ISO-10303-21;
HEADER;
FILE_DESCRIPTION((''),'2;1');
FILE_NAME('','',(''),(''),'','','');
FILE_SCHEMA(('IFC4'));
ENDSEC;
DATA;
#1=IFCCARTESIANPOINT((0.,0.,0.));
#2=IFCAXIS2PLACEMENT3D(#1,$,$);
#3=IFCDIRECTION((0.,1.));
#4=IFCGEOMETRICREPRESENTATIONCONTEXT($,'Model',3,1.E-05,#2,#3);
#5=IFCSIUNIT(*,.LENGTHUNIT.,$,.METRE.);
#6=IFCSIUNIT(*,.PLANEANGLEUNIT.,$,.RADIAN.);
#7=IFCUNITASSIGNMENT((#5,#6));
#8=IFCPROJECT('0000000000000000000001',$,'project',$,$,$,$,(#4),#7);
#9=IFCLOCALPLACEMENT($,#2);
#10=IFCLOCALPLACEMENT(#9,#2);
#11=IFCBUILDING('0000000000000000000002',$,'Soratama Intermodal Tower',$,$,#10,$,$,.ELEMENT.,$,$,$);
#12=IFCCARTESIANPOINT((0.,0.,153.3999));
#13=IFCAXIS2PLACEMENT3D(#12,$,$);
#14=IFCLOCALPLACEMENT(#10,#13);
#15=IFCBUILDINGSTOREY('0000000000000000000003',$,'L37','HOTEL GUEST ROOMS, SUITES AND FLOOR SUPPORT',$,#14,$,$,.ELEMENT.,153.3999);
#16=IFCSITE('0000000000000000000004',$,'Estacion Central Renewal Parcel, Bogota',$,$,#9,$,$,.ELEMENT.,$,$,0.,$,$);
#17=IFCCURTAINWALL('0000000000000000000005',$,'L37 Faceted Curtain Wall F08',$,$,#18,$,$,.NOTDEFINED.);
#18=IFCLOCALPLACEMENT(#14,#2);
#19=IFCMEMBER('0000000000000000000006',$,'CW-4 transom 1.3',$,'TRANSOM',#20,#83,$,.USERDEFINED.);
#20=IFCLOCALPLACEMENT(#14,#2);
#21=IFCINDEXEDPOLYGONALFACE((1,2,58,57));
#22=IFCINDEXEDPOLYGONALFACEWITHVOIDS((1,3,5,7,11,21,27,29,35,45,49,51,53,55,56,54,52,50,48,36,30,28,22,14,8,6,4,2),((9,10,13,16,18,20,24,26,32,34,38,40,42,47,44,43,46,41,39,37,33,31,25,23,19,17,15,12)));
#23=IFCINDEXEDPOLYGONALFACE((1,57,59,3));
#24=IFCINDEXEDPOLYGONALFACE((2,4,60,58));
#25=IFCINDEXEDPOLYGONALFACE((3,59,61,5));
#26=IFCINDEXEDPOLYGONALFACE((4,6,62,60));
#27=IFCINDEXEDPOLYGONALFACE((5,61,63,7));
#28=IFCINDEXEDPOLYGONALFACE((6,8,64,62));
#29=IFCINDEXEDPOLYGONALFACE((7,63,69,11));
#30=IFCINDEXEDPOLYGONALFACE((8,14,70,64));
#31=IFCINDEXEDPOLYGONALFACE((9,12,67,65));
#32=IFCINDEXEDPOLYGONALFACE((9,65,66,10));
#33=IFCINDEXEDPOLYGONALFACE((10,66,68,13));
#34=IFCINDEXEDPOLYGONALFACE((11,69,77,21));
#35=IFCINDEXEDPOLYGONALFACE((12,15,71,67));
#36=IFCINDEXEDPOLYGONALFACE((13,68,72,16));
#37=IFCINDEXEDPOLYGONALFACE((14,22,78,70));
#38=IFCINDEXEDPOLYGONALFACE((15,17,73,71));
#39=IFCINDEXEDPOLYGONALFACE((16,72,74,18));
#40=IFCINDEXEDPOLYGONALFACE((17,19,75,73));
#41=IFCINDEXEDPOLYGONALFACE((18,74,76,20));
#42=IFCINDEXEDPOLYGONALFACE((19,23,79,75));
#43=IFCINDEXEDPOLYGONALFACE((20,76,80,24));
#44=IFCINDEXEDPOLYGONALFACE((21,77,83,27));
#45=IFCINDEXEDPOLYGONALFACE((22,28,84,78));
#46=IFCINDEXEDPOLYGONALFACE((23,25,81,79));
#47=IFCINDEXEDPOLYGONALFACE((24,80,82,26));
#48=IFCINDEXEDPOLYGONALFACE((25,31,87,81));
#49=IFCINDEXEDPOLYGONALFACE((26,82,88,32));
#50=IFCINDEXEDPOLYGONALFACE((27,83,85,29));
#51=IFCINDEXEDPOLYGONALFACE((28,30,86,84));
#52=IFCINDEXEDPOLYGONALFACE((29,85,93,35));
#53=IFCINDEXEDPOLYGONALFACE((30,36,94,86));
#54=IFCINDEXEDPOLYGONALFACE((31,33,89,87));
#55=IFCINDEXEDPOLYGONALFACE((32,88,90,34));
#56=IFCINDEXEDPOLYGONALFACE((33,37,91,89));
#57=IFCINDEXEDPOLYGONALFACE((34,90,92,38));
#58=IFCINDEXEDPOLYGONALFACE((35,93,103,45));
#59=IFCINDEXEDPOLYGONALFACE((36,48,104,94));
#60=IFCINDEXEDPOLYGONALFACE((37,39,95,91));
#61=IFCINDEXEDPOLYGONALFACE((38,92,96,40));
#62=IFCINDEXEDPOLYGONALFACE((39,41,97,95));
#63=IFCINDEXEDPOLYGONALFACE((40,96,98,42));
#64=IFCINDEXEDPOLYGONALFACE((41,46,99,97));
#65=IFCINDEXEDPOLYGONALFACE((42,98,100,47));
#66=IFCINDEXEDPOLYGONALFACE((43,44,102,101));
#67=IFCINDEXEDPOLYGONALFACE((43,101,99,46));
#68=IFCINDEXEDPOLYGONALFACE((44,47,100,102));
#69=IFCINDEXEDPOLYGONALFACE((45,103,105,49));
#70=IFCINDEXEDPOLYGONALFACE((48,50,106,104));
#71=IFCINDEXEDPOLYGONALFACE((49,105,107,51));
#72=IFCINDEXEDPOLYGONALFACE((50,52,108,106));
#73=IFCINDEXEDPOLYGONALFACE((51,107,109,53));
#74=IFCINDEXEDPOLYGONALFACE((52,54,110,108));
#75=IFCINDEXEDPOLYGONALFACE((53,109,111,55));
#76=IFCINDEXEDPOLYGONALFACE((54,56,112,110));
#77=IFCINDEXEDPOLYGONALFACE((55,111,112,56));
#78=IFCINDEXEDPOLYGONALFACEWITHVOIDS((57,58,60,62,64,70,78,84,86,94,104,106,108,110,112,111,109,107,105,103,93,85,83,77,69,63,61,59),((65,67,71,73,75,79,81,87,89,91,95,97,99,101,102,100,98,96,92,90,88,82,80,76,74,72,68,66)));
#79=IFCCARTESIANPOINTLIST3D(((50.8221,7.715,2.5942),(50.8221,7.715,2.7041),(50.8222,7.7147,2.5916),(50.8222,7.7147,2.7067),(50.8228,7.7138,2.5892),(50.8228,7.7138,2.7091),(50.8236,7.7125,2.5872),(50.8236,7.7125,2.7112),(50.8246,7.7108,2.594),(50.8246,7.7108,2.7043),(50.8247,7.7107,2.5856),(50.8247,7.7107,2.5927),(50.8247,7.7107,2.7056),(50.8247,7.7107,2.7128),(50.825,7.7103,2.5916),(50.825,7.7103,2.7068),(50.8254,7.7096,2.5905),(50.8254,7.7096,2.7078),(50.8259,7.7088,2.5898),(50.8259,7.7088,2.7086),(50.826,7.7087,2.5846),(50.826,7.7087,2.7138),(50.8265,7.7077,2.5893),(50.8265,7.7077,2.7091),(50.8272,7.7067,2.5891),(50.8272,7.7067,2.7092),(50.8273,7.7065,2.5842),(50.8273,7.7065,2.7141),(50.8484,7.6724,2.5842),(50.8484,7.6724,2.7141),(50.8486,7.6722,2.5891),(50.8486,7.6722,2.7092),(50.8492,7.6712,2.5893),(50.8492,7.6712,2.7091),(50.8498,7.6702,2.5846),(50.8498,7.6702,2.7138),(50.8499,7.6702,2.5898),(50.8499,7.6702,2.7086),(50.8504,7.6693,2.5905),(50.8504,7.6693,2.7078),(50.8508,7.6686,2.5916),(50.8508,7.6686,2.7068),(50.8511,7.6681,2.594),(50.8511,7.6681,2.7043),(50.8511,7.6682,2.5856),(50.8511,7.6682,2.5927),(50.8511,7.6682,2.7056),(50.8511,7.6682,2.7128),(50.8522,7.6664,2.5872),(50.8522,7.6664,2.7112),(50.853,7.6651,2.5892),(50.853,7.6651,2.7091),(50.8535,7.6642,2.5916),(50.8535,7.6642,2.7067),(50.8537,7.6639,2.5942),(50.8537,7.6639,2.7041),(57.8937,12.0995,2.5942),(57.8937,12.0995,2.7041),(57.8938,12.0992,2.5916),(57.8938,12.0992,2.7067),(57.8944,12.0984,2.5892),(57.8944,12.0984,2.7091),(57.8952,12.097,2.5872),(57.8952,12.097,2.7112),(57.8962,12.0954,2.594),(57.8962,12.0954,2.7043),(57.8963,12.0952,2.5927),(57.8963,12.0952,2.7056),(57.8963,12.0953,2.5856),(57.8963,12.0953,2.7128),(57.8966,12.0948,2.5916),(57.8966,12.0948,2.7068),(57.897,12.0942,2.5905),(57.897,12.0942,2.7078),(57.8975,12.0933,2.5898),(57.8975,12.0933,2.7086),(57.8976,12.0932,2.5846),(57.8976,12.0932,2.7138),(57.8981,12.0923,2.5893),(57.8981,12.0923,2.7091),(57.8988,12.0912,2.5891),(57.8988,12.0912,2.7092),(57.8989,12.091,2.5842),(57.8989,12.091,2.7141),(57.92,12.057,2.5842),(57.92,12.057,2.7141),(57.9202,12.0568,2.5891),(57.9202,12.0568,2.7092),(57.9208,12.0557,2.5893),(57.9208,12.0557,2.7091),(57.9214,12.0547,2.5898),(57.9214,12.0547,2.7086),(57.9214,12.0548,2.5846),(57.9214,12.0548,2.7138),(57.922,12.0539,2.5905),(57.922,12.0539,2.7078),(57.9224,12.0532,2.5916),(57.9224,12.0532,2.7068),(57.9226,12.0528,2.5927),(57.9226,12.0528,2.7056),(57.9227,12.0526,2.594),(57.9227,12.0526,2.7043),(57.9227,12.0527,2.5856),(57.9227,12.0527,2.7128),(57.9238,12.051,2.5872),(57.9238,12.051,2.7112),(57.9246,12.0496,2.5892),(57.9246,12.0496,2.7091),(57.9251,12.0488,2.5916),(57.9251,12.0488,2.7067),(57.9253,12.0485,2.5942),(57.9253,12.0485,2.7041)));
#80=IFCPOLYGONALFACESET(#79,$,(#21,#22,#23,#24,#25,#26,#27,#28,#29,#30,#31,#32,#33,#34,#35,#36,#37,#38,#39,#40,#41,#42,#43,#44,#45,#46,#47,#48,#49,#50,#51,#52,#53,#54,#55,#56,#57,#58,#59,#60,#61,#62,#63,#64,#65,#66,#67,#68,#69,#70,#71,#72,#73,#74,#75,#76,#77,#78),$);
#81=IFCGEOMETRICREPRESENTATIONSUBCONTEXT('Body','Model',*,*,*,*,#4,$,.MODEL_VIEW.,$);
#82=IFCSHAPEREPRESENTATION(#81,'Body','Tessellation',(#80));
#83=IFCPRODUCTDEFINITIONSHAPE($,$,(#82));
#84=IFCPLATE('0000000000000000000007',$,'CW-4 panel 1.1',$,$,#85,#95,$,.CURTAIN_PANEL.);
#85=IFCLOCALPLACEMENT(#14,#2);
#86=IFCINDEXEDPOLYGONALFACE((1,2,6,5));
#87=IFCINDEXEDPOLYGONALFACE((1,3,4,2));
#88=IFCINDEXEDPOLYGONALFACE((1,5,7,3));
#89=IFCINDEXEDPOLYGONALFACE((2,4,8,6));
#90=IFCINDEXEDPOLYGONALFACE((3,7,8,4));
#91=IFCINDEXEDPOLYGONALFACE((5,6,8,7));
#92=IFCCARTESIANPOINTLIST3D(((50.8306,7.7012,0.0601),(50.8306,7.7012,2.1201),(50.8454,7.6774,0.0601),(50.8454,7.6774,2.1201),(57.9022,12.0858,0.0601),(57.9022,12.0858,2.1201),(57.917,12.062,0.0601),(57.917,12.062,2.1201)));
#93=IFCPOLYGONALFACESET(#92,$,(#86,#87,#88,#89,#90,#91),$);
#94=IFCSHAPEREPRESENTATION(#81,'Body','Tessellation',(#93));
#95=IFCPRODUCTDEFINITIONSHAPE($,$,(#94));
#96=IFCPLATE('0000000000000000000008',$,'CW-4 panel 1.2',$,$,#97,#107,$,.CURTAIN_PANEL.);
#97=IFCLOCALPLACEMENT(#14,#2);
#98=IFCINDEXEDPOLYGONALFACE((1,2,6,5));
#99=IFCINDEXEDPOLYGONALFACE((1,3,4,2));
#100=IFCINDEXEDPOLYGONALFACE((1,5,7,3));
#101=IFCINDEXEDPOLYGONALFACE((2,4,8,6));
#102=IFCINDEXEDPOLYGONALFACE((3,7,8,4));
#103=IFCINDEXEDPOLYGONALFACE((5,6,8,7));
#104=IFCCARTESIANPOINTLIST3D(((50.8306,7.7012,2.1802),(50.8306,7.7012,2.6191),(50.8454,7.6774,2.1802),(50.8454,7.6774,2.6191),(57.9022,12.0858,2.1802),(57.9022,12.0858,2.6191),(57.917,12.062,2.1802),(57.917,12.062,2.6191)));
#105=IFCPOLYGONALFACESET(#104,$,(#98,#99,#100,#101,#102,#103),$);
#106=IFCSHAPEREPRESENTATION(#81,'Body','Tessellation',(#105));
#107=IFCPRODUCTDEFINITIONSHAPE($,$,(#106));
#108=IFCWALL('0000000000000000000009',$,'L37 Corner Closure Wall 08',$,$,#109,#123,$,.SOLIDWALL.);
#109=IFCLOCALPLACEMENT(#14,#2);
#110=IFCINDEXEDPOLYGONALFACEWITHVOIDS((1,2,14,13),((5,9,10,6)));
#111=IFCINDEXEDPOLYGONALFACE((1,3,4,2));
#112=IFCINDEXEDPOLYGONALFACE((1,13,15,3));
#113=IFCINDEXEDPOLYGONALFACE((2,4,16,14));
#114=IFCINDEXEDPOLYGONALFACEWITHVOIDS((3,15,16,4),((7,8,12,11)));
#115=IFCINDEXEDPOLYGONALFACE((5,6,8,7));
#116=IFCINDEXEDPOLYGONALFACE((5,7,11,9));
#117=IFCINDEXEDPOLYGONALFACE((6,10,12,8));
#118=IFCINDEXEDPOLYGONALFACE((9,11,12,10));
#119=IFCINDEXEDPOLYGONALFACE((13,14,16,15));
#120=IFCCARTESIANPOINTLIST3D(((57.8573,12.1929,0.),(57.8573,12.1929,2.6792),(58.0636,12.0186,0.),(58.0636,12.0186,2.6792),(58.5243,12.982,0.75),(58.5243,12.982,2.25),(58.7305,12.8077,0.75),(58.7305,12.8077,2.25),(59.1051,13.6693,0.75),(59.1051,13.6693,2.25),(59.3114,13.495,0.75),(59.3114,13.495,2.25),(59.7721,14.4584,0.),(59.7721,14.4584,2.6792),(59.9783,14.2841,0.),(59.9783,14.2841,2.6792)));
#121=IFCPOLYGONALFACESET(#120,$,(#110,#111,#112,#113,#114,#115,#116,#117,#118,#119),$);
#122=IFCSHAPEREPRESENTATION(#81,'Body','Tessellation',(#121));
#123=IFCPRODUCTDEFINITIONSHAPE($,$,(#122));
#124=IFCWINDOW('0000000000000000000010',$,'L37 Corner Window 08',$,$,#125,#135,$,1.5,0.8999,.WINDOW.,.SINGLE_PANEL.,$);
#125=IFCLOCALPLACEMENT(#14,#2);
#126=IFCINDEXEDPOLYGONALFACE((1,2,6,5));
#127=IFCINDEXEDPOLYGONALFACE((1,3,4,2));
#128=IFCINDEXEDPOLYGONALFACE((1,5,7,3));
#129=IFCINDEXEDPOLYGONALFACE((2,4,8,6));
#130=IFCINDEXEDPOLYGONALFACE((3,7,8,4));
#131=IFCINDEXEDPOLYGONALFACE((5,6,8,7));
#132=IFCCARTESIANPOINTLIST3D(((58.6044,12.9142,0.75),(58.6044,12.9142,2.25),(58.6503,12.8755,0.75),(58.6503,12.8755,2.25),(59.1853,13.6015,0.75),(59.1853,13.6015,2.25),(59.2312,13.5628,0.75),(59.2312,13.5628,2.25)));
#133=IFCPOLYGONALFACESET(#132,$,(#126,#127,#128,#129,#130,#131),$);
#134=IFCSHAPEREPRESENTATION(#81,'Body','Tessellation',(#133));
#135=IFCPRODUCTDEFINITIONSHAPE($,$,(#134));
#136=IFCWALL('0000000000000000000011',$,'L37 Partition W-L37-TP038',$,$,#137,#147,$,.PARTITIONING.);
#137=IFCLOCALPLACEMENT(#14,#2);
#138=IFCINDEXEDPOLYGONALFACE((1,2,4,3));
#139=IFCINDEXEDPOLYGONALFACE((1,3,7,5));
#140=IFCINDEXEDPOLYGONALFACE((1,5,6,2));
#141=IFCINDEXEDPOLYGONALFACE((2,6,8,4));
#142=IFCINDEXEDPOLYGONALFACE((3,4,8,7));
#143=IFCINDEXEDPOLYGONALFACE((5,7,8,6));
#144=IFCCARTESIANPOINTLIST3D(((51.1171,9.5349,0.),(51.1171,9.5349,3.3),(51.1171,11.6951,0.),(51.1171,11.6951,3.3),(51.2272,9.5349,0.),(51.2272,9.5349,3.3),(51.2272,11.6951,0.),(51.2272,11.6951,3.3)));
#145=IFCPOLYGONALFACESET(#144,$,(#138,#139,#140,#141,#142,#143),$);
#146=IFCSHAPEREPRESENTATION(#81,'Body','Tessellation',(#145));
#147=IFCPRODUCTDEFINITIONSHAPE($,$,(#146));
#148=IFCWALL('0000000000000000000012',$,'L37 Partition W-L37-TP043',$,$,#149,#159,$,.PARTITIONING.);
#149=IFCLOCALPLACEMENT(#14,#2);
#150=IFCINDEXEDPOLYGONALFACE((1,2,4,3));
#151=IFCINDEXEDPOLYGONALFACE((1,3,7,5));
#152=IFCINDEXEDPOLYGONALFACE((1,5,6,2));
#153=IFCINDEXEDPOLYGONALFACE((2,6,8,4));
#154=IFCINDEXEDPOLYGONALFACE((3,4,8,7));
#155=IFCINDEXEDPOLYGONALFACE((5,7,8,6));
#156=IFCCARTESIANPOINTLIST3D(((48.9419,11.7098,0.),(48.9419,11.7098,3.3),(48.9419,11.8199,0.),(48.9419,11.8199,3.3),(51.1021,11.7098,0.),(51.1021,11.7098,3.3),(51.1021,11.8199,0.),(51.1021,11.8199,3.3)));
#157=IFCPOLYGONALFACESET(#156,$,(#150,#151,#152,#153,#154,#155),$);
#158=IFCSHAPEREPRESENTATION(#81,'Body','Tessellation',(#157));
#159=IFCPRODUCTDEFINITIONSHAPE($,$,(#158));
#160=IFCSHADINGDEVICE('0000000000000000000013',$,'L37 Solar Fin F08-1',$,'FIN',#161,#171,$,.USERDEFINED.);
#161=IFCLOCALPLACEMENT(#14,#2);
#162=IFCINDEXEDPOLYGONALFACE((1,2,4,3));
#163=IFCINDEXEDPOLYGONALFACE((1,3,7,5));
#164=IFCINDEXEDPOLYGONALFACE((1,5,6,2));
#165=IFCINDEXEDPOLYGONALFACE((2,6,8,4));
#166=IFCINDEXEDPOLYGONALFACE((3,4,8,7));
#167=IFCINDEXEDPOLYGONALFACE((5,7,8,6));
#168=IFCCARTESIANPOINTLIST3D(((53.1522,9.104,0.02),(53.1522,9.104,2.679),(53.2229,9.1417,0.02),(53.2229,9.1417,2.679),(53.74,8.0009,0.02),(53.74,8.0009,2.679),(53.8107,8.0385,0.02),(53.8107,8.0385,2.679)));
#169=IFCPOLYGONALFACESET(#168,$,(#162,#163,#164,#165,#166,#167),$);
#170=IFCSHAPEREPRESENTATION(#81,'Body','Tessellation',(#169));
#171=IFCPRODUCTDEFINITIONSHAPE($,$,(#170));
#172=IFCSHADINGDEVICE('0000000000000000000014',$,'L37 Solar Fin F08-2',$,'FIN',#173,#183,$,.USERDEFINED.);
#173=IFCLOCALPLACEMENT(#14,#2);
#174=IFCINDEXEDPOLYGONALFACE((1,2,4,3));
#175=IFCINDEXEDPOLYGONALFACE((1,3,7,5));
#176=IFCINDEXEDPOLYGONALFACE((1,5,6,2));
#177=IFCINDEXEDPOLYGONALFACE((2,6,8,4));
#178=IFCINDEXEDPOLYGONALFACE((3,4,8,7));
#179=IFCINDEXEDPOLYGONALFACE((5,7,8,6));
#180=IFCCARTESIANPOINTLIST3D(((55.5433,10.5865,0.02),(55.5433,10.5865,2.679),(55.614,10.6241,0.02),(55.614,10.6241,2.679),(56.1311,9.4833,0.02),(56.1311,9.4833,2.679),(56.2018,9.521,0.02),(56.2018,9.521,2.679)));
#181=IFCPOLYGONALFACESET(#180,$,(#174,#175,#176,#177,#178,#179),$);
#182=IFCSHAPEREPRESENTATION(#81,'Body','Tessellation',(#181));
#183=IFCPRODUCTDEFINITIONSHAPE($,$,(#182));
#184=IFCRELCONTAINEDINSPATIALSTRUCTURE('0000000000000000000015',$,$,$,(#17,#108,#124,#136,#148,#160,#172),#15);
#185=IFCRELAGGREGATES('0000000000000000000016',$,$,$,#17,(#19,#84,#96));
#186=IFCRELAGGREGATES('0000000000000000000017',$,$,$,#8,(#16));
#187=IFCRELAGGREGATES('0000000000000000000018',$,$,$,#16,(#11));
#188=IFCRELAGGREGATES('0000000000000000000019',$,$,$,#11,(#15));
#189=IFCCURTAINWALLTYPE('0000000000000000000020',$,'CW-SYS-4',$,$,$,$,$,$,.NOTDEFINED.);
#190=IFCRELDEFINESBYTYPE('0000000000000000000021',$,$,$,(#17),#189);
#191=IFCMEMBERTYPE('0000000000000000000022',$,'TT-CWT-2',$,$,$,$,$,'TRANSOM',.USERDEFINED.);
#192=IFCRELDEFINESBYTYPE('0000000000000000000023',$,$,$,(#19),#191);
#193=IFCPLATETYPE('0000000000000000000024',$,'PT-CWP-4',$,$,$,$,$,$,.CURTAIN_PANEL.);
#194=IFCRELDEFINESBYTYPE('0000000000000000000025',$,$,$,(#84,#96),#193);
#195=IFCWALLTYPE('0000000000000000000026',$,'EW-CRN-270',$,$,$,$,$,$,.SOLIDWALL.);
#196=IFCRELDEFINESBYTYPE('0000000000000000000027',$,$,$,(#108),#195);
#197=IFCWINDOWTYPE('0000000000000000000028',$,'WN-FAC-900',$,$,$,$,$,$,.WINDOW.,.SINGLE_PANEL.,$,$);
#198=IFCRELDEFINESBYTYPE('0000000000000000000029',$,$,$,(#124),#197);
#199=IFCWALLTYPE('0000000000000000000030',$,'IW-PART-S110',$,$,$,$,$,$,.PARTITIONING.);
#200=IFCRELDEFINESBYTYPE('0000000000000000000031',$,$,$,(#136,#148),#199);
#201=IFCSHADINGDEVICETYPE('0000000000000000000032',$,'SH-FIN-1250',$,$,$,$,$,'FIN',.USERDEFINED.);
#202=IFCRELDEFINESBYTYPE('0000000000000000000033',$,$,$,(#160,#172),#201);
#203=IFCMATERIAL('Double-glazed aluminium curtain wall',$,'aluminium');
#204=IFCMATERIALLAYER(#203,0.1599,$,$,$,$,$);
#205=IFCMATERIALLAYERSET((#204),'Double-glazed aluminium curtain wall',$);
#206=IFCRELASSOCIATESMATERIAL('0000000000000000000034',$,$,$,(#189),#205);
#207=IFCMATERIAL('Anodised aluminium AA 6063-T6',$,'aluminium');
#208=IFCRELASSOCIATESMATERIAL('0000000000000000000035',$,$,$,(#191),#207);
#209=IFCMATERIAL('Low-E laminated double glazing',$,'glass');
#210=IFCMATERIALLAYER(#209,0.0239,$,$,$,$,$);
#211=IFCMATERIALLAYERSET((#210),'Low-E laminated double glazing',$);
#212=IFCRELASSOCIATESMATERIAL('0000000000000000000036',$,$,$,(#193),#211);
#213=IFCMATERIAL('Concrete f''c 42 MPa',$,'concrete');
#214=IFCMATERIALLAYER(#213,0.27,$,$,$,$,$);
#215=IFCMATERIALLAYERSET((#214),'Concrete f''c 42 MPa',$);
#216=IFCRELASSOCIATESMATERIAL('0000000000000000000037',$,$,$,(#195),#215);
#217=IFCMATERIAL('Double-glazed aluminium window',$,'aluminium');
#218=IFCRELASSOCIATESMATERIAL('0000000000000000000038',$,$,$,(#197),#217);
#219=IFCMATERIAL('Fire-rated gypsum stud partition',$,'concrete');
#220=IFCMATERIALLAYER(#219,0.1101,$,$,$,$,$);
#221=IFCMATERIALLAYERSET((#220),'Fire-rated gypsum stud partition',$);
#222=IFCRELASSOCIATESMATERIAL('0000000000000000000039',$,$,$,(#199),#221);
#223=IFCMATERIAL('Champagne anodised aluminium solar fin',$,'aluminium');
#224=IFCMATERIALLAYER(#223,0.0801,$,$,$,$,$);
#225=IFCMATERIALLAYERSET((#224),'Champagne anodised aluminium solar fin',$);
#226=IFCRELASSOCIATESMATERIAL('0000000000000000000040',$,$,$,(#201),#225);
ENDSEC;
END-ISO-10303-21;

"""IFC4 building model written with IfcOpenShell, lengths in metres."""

from ifc_helpers import new_model, si_unit, direction, frame, frame_2d, origin, origin_2d, place, context, subcontext, project, spatial, rectangle, hollow_rectangle, extrude, material, layer, layer_set, material_profile, profile_set, type_object, element, fill, aggregate, save


model = new_model("IFC4")

# Units and contexts
model_context = context("Model", 3, precision=1e-05, world=origin(), true_north=direction((0.0, 1.0)))
body_context = subcontext(model_context, "Body", "Model", "MODEL_VIEW")
ifc_project = project(units=[si_unit("LENGTHUNIT", "METRE"), si_unit("PLANEANGLEUNIT", "RADIAN")], contexts=[model_context])

# Site, building, storey
site_placement = place(None, origin())
site = spatial("IfcSite", under=ifc_project, at=site_placement, Name="Estacion Central Renewal Parcel, Bogota", CompositionType="ELEMENT", RefElevation=0.0)
building_placement = place(site_placement, origin())
building = spatial("IfcBuilding", under=site, at=building_placement, Name="Soratama Intermodal Tower", CompositionType="ELEMENT")
storey_placement = place(building_placement, frame((0.0, 0.0, 153.3999)))
storey = spatial("IfcBuildingStorey", under=building, at=storey_placement, Name="L37", Description="HOTEL GUEST ROOMS, SUITES AND FLOOR SUPPORT", CompositionType="ELEMENT", Elevation=153.3999)

# Curtain wall, member, plates
ifc_material_1 = material(Name="Double-glazed aluminium curtain wall", Category="aluminium")
ifc_layer_1 = layer(ifc_material_1, 0.1599)
ifc_layer_set_1 = layer_set([ifc_layer_1], Name="Double-glazed aluminium curtain wall")
curtain_wall_type = type_object("IfcCurtainWallType", Name="CW-SYS-4", PredefinedType="NOTDEFINED", material=ifc_layer_set_1)
curtain_wall_placement = place(storey_placement, origin())
curtain_wall = element("IfcCurtainWall", 1, at=curtain_wall_placement, inside=storey, type_object=curtain_wall_type, Name="L37 Faceted Curtain Wall F08", PredefinedType="NOTDEFINED")
ifc_material_2 = material(Name="Anodised aluminium AA 6063-T6", Category="aluminium")
ifc_material_profile_1 = material_profile(ifc_material_2, hollow_rectangle(XDim=0.0601, YDim=0.1299, WallThickness=0.0049, InnerFilletRadius=0.0049, OuterFilletRadius=0.01, at=origin_2d()), Name="CWT130X60X5")
ifc_profile_set_1 = profile_set([ifc_material_profile_1], Name="Anodised aluminium AA 6063-T6")
member_type_1 = type_object("IfcMemberType", Name="TT-CWT-2", ElementType="TRANSOM", PredefinedType="USERDEFINED", material=ifc_profile_set_1)
member_1_placement = place(storey_placement, frame((50.8379, 7.6895, 2.6492), z_axis=(0.849893, 0.526955, 0.0), x_axis=(-0.526955, 0.849893, 0.0)))
member_1 = element("IfcMember", 2, at=member_1_placement, type_object=member_type_1, Name="CW-4 transom 1.3", ObjectType="TRANSOM", PredefinedType="USERDEFINED", context=body_context, shape_type="SweptSolid", body=[
    extrude(hollow_rectangle(XDim=0.0601, YDim=0.1299, WallThickness=0.0049, InnerFilletRadius=0.0049, OuterFilletRadius=0.01, at=origin_2d()), origin(), (0.0, 0.0, 1.0), 8.3206),
])
ifc_material_3 = material(Name="Low-E laminated double glazing", Category="glass")
ifc_layer_2 = layer(ifc_material_3, 0.0239)
ifc_layer_set_2 = layer_set([ifc_layer_2], Name="Low-E laminated double glazing")
plate_type = type_object("IfcPlateType", Name="PT-CWP-4", PredefinedType="CURTAIN_PANEL", material=ifc_layer_set_2)
plate_1_placement = place(storey_placement, frame((54.3738, 9.8816, 0.0601), z_axis=(0.0, 0.0, 1.0), x_axis=(0.84989, 0.526959, 0.0)))
plate_1 = element("IfcPlate", 3, at=plate_1_placement, type_object=plate_type, Name="CW-4 panel 1.1", PredefinedType="CURTAIN_PANEL", context=body_context, shape_type="SweptSolid", body=[
    extrude(rectangle(XDim=8.3206, YDim=0.0281, at=origin_2d()), origin(), (0.0, 0.0, 1.0), 2.0601),
])
plate_2_placement = place(storey_placement, frame((54.3738, 9.8816, 2.1802), z_axis=(0.0, 0.0, 1.0), x_axis=(0.84989, 0.526959, 0.0)))
plate_2 = element("IfcPlate", 4, at=plate_2_placement, type_object=plate_type, Name="CW-4 panel 1.2", PredefinedType="CURTAIN_PANEL", context=body_context, shape_type="SweptSolid", body=[
    extrude(rectangle(XDim=8.3206, YDim=0.0281, at=origin_2d()), origin(), (0.0, 0.0, 1.0), 0.439),
])
aggregate(curtain_wall, [member_1, plate_1, plate_2])

# Wall, opening, window
ifc_material_4 = material(Name="Concrete f'c 42 MPa", Category="concrete")
ifc_layer_3 = layer(ifc_material_4, 0.27)
ifc_layer_set_3 = layer_set([ifc_layer_3], Name="Concrete f'c 42 MPa")
wall_type_1 = type_object("IfcWallType", Name="EW-CRN-270", PredefinedType="SOLIDWALL", material=ifc_layer_set_3)
wall_placement = place(storey_placement, frame((57.9604, 12.1057, 0.0), z_axis=(0.0, 0.0, 1.0), x_axis=(0.645496, 0.763764, 0.0)))
wall = element("IfcWall", 5, at=wall_placement, inside=storey, type_object=wall_type_1, Name="L37 Corner Closure Wall 08", PredefinedType="SOLIDWALL", context=body_context, shape_type="SweptSolid", body=[
    extrude(rectangle(XDim=2.9663, YDim=0.27, at=frame_2d((1.4832, 0.0))), origin(), (0.0, 0.0, 1.0), 2.6792),
])
opening_placement = place(wall_placement, frame((1.0332, 0.0, 0.75)))
opening = element("IfcOpeningElement", 6, at=opening_placement, cuts=wall, PredefinedType="OPENING", context=body_context, shape_type="SweptSolid", body=[
    extrude(rectangle(XDim=0.8999, YDim=1.5, at=frame_2d((0.45, 0.75))), frame((0.0, 0.145, 0.0), z_axis=(0.0, -1.0, 0.0), x_axis=(1.0, 0.0, 0.0)), (0.0, 0.0, 1.0), 0.29),
])
ifc_material_5 = material(Name="Double-glazed aluminium window", Category="aluminium")
window_type = type_object("IfcWindowType", Name="WN-FAC-900", PartitioningType="SINGLE_PANEL", PredefinedType="WINDOW", material=ifc_material_5)
window_placement = place(opening_placement, origin())
window = element("IfcWindow", 7, at=window_placement, inside=storey, type_object=window_type, Name="L37 Corner Window 08", OverallHeight=1.5, OverallWidth=0.8999, PartitioningType="SINGLE_PANEL", PredefinedType="WINDOW", context=body_context, shape_type="SweptSolid", body=[
    extrude(rectangle(XDim=0.8999, YDim=1.5, at=frame_2d((0.45, 0.75))), frame((0.0, 0.03, 0.0), z_axis=(0.0, -1.0, 0.0), x_axis=(1.0, 0.0, 0.0)), (0.0, 0.0, 1.0), 0.0601),
])
fill(opening, window)

# Walls
ifc_material_6 = material(Name="Fire-rated gypsum stud partition", Category="concrete")
ifc_layer_4 = layer(ifc_material_6, 0.1101)
ifc_layer_set_4 = layer_set([ifc_layer_4], Name="Fire-rated gypsum stud partition")
wall_type_2 = type_object("IfcWallType", Name="IW-PART-S110", PredefinedType="PARTITIONING", material=ifc_layer_set_4)
for number, where, z_axis, x_axis, name in (
    (8, (51.1721, 9.5349, 0.0), (0.0, 0.0, 1.0), (0.0, 1.0, 0.0), "L37 Partition W-L37-TP038"),
    (9, (51.1021, 11.7649, 0.0), (0.0, 0.0, 1.0), (-1.0, 0.0, 0.0), "L37 Partition W-L37-TP043"),
):
    element("IfcWall", number, at=place(storey_placement, frame(where, z_axis=z_axis, x_axis=x_axis)), inside=storey, type_object=wall_type_2, Name=name, PredefinedType="PARTITIONING", context=body_context, shape_type="SweptSolid", body=[
        extrude(rectangle(XDim=2.1602, YDim=0.1101, at=frame_2d((1.0801, 0.0))), origin(), (0.0, 0.0, 1.0), 3.3),
    ])

# Shading devices
ifc_material_7 = material(Name="Champagne anodised aluminium solar fin", Category="aluminium")
ifc_layer_5 = layer(ifc_material_7, 0.0801)
ifc_layer_set_5 = layer_set([ifc_layer_5], Name="Champagne anodised aluminium solar fin")
shading_device_type = type_object("IfcShadingDeviceType", Name="SH-FIN-1250", ElementType="FIN", PredefinedType="USERDEFINED", material=ifc_layer_set_5)
for number, where, z_axis, x_axis, name in (
    (10, (53.4814, 8.5713, 0.02), (0.0, 0.0, 1.0), (0.470242, -0.882538, 0.0), "L37 Solar Fin F08-1"),
    (11, (55.8726, 10.0537, 0.02), (0.0, 0.0, 1.0), (0.470242, -0.882538, 0.0), "L37 Solar Fin F08-2"),
):
    element("IfcShadingDevice", number, at=place(storey_placement, frame(where, z_axis=z_axis, x_axis=x_axis)), inside=storey, type_object=shading_device_type, Name=name, ObjectType="FIN", PredefinedType="USERDEFINED", context=body_context, shape_type="SweptSolid", body=[
        extrude(rectangle(XDim=1.25, YDim=0.0801, at=origin_2d()), origin(), (0.0, 0.0, 1.0), 2.6589),
    ])

save(model, "model.ifc")
